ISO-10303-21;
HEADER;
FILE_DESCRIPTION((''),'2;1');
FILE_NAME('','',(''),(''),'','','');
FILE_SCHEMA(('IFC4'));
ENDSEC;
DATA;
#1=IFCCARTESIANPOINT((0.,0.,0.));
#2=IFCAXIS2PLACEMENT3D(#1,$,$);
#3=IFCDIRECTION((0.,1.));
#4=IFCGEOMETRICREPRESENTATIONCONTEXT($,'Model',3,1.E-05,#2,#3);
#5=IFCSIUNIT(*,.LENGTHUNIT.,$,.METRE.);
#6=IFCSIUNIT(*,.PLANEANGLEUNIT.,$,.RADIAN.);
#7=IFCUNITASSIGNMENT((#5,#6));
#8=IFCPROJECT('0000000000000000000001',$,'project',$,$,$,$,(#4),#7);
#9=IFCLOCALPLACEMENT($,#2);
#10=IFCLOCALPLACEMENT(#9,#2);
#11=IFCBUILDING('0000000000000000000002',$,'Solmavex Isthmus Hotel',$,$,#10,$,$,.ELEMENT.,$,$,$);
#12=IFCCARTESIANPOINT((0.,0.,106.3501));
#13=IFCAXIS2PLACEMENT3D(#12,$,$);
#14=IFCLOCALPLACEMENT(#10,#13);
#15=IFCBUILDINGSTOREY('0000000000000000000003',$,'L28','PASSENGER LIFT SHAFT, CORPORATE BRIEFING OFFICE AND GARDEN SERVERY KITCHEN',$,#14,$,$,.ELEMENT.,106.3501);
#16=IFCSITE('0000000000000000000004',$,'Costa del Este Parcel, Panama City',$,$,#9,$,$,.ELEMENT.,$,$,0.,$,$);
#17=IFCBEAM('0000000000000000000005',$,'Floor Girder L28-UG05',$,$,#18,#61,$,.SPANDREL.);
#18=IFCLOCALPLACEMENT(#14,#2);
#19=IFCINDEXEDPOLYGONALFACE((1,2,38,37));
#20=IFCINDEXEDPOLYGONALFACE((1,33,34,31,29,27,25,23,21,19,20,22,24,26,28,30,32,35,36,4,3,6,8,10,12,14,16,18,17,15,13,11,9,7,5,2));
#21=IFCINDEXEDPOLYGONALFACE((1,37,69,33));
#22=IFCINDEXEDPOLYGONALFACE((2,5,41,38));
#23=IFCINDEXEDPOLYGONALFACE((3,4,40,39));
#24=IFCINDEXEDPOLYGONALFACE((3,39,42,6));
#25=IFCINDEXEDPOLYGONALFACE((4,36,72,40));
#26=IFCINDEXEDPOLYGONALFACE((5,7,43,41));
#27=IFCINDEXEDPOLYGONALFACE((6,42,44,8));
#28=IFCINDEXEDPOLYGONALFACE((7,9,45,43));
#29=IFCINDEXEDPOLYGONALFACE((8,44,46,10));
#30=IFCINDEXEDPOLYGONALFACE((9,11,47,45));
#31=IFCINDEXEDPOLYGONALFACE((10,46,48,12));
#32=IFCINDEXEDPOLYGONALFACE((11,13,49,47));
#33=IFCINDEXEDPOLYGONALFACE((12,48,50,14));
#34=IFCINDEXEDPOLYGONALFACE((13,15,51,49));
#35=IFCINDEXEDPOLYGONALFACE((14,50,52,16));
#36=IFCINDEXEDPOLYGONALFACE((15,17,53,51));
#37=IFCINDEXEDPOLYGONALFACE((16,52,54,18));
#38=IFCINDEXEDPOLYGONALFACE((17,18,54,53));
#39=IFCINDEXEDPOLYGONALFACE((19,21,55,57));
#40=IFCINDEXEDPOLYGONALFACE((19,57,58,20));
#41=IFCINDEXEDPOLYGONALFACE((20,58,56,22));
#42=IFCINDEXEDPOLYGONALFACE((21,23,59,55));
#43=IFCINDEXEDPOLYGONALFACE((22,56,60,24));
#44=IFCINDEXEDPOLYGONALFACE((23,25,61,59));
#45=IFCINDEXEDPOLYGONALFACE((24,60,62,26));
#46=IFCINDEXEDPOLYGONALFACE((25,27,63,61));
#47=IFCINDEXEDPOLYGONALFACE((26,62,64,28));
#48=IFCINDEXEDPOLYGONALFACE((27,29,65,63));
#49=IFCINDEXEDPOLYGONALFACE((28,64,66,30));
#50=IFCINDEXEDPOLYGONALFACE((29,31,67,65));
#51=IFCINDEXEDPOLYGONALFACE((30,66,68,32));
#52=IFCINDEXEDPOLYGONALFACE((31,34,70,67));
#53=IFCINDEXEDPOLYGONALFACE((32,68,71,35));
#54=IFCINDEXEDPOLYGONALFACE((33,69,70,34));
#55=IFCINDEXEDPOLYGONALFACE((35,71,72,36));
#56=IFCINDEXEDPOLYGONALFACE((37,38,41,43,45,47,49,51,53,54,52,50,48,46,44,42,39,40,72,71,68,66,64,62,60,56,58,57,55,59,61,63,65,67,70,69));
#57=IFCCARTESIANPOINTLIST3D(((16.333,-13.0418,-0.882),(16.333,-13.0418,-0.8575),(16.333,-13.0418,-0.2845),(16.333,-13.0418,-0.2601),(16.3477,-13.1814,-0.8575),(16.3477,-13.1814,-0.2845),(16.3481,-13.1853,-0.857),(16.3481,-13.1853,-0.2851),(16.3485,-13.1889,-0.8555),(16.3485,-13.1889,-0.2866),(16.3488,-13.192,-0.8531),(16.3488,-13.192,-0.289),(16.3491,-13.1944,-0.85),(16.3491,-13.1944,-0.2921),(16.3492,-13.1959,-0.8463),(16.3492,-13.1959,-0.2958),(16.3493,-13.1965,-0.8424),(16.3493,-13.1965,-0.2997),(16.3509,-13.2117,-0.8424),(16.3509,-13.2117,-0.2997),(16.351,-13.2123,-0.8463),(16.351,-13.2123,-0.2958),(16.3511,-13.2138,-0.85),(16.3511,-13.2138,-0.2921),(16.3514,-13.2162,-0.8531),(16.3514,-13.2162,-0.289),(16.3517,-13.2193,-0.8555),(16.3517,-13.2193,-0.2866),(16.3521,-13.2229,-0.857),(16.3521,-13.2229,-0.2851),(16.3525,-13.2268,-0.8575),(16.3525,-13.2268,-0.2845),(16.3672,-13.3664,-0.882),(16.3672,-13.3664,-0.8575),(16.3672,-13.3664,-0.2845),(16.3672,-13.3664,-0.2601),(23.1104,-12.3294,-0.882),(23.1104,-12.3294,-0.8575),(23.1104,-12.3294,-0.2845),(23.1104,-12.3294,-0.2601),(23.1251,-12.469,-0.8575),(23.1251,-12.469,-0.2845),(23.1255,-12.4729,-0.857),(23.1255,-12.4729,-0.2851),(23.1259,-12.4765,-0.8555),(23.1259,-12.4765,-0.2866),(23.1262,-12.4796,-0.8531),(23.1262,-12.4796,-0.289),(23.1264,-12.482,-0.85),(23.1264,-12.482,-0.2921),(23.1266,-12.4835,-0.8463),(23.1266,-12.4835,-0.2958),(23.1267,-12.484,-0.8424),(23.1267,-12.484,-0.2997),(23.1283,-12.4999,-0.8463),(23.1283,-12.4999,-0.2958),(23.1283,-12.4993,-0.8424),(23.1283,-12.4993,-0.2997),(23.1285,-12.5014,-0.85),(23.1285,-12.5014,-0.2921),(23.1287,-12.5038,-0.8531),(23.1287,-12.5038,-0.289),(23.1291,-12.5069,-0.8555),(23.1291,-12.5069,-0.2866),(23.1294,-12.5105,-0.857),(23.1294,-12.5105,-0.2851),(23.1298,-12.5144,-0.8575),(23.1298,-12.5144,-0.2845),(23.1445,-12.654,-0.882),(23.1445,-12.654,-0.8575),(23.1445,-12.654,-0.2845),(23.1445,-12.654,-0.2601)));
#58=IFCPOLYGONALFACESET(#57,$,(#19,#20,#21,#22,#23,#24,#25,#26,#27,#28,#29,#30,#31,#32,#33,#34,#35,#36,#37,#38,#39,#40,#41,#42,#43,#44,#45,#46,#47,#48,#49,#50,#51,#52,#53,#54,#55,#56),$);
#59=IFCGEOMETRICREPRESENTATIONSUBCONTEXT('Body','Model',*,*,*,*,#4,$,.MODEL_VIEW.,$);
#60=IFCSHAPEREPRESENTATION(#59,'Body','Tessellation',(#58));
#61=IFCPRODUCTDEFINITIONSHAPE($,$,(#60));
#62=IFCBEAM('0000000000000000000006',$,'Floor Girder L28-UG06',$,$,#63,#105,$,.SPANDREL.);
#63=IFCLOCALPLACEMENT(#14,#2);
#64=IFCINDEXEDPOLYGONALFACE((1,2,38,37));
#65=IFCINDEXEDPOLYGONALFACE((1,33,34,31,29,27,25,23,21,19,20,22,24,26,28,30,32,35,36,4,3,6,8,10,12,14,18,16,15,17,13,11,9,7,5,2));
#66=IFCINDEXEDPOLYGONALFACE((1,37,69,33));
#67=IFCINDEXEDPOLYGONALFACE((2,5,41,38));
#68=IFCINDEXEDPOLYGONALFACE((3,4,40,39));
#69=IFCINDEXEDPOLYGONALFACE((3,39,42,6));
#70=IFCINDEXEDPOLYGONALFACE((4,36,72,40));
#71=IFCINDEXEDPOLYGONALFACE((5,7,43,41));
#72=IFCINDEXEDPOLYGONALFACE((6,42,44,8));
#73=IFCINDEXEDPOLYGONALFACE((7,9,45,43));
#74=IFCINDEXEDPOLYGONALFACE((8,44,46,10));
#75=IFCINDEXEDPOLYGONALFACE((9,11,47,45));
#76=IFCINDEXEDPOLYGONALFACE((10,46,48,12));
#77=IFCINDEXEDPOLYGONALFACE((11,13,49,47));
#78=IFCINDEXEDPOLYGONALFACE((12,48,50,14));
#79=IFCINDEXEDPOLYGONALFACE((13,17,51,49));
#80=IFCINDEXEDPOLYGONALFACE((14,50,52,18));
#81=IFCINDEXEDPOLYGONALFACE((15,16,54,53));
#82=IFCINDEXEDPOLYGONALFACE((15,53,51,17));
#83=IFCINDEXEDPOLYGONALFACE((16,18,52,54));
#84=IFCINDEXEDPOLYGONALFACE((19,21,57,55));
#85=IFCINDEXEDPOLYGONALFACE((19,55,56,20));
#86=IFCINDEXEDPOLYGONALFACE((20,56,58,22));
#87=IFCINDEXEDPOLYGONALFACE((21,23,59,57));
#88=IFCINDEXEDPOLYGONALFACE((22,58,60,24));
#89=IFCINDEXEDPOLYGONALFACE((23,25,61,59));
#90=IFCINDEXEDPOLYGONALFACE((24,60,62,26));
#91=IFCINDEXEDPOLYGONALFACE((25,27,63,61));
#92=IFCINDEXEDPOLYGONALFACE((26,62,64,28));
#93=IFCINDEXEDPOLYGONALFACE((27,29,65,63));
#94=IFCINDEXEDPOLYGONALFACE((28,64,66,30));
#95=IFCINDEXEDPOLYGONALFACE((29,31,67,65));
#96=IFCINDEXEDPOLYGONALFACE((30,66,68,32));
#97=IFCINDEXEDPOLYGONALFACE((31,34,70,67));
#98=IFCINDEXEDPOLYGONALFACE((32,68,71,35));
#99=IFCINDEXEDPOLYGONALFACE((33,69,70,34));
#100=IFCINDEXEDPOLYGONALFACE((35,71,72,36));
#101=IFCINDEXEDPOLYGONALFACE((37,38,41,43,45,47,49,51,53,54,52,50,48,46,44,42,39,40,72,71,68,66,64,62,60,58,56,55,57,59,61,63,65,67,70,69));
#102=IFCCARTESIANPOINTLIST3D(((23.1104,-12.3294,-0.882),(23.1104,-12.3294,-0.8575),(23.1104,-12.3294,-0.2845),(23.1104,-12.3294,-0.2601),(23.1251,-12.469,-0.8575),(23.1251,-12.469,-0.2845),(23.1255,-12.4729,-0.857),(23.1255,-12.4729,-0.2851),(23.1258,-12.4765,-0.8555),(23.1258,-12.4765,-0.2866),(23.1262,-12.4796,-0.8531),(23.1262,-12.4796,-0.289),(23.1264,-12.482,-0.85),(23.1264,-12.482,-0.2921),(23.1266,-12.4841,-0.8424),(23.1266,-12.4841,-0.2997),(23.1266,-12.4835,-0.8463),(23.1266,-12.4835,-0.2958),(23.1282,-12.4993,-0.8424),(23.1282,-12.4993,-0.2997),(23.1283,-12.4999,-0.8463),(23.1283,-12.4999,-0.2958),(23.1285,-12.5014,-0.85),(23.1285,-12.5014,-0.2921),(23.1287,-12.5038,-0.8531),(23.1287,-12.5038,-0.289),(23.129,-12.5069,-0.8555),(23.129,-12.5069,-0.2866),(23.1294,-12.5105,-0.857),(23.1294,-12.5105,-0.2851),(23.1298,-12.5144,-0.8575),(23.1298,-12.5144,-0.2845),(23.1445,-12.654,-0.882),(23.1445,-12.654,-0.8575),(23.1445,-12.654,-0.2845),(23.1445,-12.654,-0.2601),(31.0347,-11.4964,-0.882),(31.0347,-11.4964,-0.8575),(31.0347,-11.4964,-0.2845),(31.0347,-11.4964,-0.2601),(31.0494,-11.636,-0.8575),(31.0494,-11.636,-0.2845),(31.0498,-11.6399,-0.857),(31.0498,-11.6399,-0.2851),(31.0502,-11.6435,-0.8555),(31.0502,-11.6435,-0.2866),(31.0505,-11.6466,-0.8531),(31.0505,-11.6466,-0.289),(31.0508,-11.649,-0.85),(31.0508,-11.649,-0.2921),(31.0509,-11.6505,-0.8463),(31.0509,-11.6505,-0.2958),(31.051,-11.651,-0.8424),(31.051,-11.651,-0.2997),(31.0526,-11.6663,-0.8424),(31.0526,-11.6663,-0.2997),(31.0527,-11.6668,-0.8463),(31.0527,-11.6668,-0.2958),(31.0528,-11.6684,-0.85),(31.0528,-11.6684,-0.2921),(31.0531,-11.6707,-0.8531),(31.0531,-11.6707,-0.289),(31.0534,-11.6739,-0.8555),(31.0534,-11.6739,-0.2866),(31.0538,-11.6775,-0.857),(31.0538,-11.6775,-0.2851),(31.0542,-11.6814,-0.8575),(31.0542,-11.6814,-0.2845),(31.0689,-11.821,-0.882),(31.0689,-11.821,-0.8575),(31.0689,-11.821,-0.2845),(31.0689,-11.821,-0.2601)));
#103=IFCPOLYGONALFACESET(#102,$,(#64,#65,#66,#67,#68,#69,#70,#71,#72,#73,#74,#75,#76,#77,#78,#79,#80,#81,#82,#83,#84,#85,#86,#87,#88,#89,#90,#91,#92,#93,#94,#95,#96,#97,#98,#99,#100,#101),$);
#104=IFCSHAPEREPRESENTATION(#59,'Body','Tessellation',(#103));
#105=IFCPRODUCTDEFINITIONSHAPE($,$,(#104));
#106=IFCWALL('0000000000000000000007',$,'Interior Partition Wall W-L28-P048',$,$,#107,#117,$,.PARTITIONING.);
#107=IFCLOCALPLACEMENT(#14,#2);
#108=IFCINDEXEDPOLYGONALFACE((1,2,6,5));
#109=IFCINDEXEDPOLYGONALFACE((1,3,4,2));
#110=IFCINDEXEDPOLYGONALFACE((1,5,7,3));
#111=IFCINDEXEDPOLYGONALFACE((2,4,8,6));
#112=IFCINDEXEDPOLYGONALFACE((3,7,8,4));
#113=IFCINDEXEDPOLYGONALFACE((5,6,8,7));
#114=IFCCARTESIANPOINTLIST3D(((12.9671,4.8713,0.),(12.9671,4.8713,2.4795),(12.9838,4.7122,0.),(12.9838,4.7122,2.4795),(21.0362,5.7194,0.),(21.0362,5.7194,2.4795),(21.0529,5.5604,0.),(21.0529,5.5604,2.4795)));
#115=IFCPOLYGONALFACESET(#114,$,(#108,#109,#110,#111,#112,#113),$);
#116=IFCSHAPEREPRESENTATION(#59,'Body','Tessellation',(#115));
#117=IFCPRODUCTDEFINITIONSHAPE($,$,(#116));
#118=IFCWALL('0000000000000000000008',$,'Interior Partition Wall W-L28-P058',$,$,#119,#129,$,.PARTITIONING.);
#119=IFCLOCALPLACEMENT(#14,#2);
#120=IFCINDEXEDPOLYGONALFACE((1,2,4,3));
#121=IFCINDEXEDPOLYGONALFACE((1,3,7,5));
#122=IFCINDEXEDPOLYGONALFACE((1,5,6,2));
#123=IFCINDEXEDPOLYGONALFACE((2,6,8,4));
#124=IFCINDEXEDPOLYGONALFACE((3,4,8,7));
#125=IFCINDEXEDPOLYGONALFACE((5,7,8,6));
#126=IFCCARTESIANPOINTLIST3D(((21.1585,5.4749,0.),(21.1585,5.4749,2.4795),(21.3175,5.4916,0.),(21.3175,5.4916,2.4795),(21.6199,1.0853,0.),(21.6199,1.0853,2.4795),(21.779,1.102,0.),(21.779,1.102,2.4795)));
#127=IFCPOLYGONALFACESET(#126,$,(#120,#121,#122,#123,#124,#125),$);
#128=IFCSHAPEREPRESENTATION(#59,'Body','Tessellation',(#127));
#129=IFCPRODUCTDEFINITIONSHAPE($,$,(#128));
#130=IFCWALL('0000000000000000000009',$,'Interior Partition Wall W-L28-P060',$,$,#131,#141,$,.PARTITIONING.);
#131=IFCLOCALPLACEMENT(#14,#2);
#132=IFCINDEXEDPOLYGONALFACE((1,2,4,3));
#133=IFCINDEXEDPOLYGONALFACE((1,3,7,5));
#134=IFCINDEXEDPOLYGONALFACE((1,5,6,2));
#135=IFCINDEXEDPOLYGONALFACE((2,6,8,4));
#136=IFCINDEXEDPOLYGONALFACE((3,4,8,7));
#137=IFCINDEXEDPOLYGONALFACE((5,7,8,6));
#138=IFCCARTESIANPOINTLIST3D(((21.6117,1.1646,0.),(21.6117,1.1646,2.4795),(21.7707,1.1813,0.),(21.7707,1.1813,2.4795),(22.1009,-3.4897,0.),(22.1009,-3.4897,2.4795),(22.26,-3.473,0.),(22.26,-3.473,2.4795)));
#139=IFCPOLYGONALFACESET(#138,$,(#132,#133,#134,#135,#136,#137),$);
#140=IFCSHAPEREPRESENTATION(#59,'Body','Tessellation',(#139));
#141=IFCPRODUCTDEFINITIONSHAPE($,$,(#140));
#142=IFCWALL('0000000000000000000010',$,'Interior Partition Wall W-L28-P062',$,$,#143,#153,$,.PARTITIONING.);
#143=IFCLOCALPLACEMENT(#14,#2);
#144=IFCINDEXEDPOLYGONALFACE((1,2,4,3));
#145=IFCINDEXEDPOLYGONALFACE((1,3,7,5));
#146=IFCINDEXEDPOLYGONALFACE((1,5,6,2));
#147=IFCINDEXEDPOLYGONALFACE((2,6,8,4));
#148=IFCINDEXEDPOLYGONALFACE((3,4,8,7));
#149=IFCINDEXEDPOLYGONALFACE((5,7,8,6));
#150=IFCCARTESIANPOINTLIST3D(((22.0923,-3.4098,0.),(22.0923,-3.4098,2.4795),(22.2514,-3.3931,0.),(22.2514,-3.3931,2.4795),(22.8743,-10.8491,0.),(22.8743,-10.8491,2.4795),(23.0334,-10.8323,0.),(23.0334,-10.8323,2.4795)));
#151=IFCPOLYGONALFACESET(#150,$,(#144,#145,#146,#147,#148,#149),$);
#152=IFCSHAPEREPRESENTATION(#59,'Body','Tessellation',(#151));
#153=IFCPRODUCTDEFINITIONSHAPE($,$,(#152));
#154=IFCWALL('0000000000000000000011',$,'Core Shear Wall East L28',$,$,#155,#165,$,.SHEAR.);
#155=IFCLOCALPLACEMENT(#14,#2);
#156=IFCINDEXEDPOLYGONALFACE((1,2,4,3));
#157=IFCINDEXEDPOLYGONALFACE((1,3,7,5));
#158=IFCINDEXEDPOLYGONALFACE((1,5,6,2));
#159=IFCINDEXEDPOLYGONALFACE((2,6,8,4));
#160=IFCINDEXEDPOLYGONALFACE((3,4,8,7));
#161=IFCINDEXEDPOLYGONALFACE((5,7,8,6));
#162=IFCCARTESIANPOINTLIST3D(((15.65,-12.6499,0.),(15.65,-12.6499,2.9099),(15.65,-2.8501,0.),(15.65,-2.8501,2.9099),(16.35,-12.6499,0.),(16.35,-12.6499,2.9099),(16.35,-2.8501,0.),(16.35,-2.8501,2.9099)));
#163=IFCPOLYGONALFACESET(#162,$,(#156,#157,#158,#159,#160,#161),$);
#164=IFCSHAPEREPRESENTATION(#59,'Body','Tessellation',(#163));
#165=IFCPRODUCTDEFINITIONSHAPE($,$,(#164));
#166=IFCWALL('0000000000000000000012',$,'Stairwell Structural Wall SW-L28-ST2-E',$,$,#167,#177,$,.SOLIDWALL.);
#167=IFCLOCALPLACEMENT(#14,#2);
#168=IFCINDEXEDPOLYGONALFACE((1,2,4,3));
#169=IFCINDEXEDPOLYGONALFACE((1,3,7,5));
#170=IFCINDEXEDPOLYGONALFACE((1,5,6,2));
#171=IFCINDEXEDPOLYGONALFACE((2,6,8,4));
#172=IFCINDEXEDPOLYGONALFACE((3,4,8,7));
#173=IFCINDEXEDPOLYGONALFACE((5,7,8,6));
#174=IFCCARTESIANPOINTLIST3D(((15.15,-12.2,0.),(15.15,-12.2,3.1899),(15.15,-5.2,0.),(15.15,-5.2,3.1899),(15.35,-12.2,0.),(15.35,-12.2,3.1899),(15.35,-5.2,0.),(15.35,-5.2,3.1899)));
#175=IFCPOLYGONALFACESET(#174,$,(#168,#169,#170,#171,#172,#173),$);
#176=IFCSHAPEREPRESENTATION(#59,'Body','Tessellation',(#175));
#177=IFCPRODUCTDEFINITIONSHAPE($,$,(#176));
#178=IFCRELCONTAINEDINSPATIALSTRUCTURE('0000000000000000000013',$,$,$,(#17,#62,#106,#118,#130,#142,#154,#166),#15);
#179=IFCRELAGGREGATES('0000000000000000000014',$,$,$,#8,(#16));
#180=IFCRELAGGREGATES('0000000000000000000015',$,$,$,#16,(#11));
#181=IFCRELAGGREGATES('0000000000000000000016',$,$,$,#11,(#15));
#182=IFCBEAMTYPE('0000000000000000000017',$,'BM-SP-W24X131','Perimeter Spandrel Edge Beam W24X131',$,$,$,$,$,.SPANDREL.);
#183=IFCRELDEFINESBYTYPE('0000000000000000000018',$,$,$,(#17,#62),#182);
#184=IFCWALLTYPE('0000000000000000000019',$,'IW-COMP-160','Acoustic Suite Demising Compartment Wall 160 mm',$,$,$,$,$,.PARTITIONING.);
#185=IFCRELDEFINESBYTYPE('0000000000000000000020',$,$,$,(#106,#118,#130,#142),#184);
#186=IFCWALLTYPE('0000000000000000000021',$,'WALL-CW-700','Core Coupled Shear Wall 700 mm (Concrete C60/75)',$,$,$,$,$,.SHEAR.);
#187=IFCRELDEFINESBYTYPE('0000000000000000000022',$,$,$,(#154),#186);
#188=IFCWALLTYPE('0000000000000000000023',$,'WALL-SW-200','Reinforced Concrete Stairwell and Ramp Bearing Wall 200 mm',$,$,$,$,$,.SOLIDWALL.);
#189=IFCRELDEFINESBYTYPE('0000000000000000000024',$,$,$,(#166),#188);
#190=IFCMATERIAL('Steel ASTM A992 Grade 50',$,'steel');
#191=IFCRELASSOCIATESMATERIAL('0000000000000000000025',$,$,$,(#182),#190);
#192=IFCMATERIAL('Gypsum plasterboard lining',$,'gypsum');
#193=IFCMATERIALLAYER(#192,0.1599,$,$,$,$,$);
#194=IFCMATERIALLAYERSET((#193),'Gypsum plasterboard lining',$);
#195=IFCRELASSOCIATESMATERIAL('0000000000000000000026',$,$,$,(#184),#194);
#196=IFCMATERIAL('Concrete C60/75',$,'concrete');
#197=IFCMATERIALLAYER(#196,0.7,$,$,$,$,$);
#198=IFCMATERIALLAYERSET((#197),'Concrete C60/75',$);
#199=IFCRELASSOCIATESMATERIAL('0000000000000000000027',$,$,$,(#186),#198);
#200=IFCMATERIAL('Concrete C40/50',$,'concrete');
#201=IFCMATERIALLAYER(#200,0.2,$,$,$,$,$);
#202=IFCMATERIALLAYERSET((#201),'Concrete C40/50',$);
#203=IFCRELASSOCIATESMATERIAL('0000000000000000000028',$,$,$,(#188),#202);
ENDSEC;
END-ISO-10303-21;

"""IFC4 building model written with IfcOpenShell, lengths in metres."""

from ifc_helpers import new_model, si_unit, direction, frame, frame_2d, origin, origin_2d, place, context, subcontext, project, spatial, rectangle, i_section, extrude, material, layer, layer_set, material_profile, profile_set, type_object, element, save


model = new_model("IFC4")

# Units and contexts
model_context = context("Model", 3, precision=1e-05, world=origin(), true_north=direction((0.0, 1.0)))
body_context = subcontext(model_context, "Body", "Model", "MODEL_VIEW")
ifc_project = project(units=[si_unit("LENGTHUNIT", "METRE"), si_unit("PLANEANGLEUNIT", "RADIAN")], contexts=[model_context])

# Site, building, storey
site_placement = place(None, origin())
site = spatial("IfcSite", under=ifc_project, at=site_placement, Name="Costa del Este Parcel, Panama City", CompositionType="ELEMENT", RefElevation=0.0)
building_placement = place(site_placement, origin())
building = spatial("IfcBuilding", under=site, at=building_placement, Name="Solmavex Isthmus Hotel", CompositionType="ELEMENT")
storey_placement = place(building_placement, frame((0.0, 0.0, 106.3501)))
storey = spatial("IfcBuildingStorey", under=building, at=storey_placement, Name="L28", Description="PASSENGER LIFT SHAFT, CORPORATE BRIEFING OFFICE AND GARDEN SERVERY KITCHEN", CompositionType="ELEMENT", Elevation=106.3501)

# Shared definitions
ifc_material_1 = material(Name="Concrete C60/75", Category="concrete")

# Beams
ifc_material_2 = material(Name="Steel ASTM A992 Grade 50", Category="steel")
ifc_material_profile_1 = material_profile(ifc_material_2, i_section(OverallWidth=0.3264, OverallDepth=0.6218, WebThickness=0.0154, FlangeThickness=0.0244, FilletRadius=0.0151, at=origin_2d()), Name="W24X131")
ifc_profile_set_1 = profile_set([ifc_material_profile_1], Name="Steel ASTM A992 Grade 50")
beam_type_1 = type_object("IfcBeamType", Name="BM-SP-W24X131", Description="Perimeter Spandrel Edge Beam W24X131", PredefinedType="SPANDREL", material=ifc_profile_set_1)
beam_1_placement = place(storey_placement, frame((16.3501, -13.2041, -0.571), z_axis=(0.994521, 0.104539, 0.0), x_axis=(-0.104539, 0.994521, 0.0)))
element("IfcBeam", 1, at=beam_1_placement, inside=storey, type_object=beam_type_1, Name="Floor Girder L28-UG05", PredefinedType="SPANDREL", context=body_context, shape_type="SweptSolid", body=[
    extrude(i_section(OverallWidth=0.3264, OverallDepth=0.6218, WebThickness=0.0154, FlangeThickness=0.0244, FilletRadius=0.0151, at=origin_2d()), origin(), (0.0, 0.0, 1.0), 6.8147),
])
beam_2_placement = place(storey_placement, frame((23.1274, -12.4917, -0.571), z_axis=(0.99452, 0.104544, 0.0), x_axis=(-0.104544, 0.99452, 0.0)))
element("IfcBeam", 2, at=beam_2_placement, inside=storey, type_object=beam_type_1, Name="Floor Girder L28-UG06", PredefinedType="SPANDREL", context=body_context, shape_type="SweptSolid", body=[
    extrude(i_section(OverallWidth=0.3264, OverallDepth=0.6218, WebThickness=0.0154, FlangeThickness=0.0244, FilletRadius=0.0151, at=origin_2d()), origin(), (0.0, 0.0, 1.0), 7.968),
])

# Walls
ifc_material_3 = material(Name="Gypsum plasterboard lining", Category="gypsum")
ifc_layer_1 = layer(ifc_material_3, 0.1599)
ifc_layer_set_1 = layer_set([ifc_layer_1], Name="Gypsum plasterboard lining")
wall_type_1 = type_object("IfcWallType", Name="IW-COMP-160", Description="Acoustic Suite Demising Compartment Wall 160 mm", PredefinedType="PARTITIONING", material=ifc_layer_set_1)
wall_1_placement = place(storey_placement, frame((21.0444, 5.6399, 0.0), z_axis=(0.0, 0.0, 1.0), x_axis=(-0.994521, -0.104534, 0.0)))
element("IfcWall", 3, at=wall_1_placement, inside=storey, type_object=wall_type_1, Name="Interior Partition Wall W-L28-P048", PredefinedType="PARTITIONING", context=body_context, shape_type="SweptSolid", body=[
    extrude(rectangle(XDim=8.1135, YDim=0.1599, at=frame_2d((4.0566, 0.0))), origin(), (0.0, 0.0, 1.0), 2.4795),
])
wall_2_placement = place(storey_placement, frame((21.6995, 1.0935, 0.0), z_axis=(0.0, 0.0, 1.0), x_axis=(-0.104541, 0.994521, 0.0)))
element("IfcWall", 4, at=wall_2_placement, inside=storey, type_object=wall_type_1, Name="Interior Partition Wall W-L28-P058", PredefinedType="PARTITIONING", context=body_context, shape_type="SweptSolid", body=[
    extrude(rectangle(XDim=4.4138, YDim=0.1599, at=frame_2d((2.207, 0.0))), origin(), (0.0, 0.0, 1.0), 2.4795),
])
wall_3_placement = place(storey_placement, frame((22.1804, -3.4812, 0.0), z_axis=(0.0, 0.0, 1.0), x_axis=(-0.104544, 0.99452, 0.0)))
element("IfcWall", 5, at=wall_3_placement, inside=storey, type_object=wall_type_1, Name="Interior Partition Wall W-L28-P060", PredefinedType="PARTITIONING", context=body_context, shape_type="SweptSolid", body=[
    extrude(rectangle(XDim=4.6799, YDim=0.1599, at=frame_2d((2.3398, 0.0))), origin(), (0.0, 0.0, 1.0), 2.4795),
])
wall_4_placement = place(storey_placement, frame((22.9539, -10.8408, 0.0), z_axis=(0.0, 0.0, 1.0), x_axis=(-0.10454, 0.994521, 0.0)))
element("IfcWall", 6, at=wall_4_placement, inside=storey, type_object=wall_type_1, Name="Interior Partition Wall W-L28-P062", PredefinedType="PARTITIONING", context=body_context, shape_type="SweptSolid", body=[
    extrude(rectangle(XDim=7.4802, YDim=0.1599, at=frame_2d((3.7402, 0.0))), origin(), (0.0, 0.0, 1.0), 2.4795),
])
ifc_layer_2 = layer(ifc_material_1, 0.7)
ifc_layer_set_2 = layer_set([ifc_layer_2], Name="Concrete C60/75")
wall_type_2 = type_object("IfcWallType", Name="WALL-CW-700", Description="Core Coupled Shear Wall 700 mm (Concrete C60/75)", PredefinedType="SHEAR", material=ifc_layer_set_2)
wall_5_placement = place(storey_placement, frame((16.0, -12.6499, 0.0), z_axis=(0.0, 0.0, 1.0), x_axis=(0.0, 1.0, 0.0)))
element("IfcWall", 7, at=wall_5_placement, inside=storey, type_object=wall_type_2, Name="Core Shear Wall East L28", PredefinedType="SHEAR", context=body_context, shape_type="SweptSolid", body=[
    extrude(rectangle(XDim=9.7998, YDim=0.7, at=frame_2d((4.8999, 0.0))), origin(), (0.0, 0.0, 1.0), 2.9099),
])
ifc_material_4 = material(Name="Concrete C40/50", Category="concrete")
ifc_layer_3 = layer(ifc_material_4, 0.2)
ifc_layer_set_3 = layer_set([ifc_layer_3], Name="Concrete C40/50")
wall_type_3 = type_object("IfcWallType", Name="WALL-SW-200", Description="Reinforced Concrete Stairwell and Ramp Bearing Wall 200 mm", PredefinedType="SOLIDWALL", material=ifc_layer_set_3)
wall_6_placement = place(storey_placement, frame((15.25, -12.2, 0.0), z_axis=(0.0, 0.0, 1.0), x_axis=(0.0, 1.0, 0.0)))
element("IfcWall", 8, at=wall_6_placement, inside=storey, type_object=wall_type_3, Name="Stairwell Structural Wall SW-L28-ST2-E", PredefinedType="SOLIDWALL", context=body_context, shape_type="SweptSolid", body=[
    extrude(rectangle(XDim=7.0, YDim=0.2, at=frame_2d((3.5, 0.0))), origin(), (0.0, 0.0, 1.0), 3.1899),
])

save(model, "model.ifc")
